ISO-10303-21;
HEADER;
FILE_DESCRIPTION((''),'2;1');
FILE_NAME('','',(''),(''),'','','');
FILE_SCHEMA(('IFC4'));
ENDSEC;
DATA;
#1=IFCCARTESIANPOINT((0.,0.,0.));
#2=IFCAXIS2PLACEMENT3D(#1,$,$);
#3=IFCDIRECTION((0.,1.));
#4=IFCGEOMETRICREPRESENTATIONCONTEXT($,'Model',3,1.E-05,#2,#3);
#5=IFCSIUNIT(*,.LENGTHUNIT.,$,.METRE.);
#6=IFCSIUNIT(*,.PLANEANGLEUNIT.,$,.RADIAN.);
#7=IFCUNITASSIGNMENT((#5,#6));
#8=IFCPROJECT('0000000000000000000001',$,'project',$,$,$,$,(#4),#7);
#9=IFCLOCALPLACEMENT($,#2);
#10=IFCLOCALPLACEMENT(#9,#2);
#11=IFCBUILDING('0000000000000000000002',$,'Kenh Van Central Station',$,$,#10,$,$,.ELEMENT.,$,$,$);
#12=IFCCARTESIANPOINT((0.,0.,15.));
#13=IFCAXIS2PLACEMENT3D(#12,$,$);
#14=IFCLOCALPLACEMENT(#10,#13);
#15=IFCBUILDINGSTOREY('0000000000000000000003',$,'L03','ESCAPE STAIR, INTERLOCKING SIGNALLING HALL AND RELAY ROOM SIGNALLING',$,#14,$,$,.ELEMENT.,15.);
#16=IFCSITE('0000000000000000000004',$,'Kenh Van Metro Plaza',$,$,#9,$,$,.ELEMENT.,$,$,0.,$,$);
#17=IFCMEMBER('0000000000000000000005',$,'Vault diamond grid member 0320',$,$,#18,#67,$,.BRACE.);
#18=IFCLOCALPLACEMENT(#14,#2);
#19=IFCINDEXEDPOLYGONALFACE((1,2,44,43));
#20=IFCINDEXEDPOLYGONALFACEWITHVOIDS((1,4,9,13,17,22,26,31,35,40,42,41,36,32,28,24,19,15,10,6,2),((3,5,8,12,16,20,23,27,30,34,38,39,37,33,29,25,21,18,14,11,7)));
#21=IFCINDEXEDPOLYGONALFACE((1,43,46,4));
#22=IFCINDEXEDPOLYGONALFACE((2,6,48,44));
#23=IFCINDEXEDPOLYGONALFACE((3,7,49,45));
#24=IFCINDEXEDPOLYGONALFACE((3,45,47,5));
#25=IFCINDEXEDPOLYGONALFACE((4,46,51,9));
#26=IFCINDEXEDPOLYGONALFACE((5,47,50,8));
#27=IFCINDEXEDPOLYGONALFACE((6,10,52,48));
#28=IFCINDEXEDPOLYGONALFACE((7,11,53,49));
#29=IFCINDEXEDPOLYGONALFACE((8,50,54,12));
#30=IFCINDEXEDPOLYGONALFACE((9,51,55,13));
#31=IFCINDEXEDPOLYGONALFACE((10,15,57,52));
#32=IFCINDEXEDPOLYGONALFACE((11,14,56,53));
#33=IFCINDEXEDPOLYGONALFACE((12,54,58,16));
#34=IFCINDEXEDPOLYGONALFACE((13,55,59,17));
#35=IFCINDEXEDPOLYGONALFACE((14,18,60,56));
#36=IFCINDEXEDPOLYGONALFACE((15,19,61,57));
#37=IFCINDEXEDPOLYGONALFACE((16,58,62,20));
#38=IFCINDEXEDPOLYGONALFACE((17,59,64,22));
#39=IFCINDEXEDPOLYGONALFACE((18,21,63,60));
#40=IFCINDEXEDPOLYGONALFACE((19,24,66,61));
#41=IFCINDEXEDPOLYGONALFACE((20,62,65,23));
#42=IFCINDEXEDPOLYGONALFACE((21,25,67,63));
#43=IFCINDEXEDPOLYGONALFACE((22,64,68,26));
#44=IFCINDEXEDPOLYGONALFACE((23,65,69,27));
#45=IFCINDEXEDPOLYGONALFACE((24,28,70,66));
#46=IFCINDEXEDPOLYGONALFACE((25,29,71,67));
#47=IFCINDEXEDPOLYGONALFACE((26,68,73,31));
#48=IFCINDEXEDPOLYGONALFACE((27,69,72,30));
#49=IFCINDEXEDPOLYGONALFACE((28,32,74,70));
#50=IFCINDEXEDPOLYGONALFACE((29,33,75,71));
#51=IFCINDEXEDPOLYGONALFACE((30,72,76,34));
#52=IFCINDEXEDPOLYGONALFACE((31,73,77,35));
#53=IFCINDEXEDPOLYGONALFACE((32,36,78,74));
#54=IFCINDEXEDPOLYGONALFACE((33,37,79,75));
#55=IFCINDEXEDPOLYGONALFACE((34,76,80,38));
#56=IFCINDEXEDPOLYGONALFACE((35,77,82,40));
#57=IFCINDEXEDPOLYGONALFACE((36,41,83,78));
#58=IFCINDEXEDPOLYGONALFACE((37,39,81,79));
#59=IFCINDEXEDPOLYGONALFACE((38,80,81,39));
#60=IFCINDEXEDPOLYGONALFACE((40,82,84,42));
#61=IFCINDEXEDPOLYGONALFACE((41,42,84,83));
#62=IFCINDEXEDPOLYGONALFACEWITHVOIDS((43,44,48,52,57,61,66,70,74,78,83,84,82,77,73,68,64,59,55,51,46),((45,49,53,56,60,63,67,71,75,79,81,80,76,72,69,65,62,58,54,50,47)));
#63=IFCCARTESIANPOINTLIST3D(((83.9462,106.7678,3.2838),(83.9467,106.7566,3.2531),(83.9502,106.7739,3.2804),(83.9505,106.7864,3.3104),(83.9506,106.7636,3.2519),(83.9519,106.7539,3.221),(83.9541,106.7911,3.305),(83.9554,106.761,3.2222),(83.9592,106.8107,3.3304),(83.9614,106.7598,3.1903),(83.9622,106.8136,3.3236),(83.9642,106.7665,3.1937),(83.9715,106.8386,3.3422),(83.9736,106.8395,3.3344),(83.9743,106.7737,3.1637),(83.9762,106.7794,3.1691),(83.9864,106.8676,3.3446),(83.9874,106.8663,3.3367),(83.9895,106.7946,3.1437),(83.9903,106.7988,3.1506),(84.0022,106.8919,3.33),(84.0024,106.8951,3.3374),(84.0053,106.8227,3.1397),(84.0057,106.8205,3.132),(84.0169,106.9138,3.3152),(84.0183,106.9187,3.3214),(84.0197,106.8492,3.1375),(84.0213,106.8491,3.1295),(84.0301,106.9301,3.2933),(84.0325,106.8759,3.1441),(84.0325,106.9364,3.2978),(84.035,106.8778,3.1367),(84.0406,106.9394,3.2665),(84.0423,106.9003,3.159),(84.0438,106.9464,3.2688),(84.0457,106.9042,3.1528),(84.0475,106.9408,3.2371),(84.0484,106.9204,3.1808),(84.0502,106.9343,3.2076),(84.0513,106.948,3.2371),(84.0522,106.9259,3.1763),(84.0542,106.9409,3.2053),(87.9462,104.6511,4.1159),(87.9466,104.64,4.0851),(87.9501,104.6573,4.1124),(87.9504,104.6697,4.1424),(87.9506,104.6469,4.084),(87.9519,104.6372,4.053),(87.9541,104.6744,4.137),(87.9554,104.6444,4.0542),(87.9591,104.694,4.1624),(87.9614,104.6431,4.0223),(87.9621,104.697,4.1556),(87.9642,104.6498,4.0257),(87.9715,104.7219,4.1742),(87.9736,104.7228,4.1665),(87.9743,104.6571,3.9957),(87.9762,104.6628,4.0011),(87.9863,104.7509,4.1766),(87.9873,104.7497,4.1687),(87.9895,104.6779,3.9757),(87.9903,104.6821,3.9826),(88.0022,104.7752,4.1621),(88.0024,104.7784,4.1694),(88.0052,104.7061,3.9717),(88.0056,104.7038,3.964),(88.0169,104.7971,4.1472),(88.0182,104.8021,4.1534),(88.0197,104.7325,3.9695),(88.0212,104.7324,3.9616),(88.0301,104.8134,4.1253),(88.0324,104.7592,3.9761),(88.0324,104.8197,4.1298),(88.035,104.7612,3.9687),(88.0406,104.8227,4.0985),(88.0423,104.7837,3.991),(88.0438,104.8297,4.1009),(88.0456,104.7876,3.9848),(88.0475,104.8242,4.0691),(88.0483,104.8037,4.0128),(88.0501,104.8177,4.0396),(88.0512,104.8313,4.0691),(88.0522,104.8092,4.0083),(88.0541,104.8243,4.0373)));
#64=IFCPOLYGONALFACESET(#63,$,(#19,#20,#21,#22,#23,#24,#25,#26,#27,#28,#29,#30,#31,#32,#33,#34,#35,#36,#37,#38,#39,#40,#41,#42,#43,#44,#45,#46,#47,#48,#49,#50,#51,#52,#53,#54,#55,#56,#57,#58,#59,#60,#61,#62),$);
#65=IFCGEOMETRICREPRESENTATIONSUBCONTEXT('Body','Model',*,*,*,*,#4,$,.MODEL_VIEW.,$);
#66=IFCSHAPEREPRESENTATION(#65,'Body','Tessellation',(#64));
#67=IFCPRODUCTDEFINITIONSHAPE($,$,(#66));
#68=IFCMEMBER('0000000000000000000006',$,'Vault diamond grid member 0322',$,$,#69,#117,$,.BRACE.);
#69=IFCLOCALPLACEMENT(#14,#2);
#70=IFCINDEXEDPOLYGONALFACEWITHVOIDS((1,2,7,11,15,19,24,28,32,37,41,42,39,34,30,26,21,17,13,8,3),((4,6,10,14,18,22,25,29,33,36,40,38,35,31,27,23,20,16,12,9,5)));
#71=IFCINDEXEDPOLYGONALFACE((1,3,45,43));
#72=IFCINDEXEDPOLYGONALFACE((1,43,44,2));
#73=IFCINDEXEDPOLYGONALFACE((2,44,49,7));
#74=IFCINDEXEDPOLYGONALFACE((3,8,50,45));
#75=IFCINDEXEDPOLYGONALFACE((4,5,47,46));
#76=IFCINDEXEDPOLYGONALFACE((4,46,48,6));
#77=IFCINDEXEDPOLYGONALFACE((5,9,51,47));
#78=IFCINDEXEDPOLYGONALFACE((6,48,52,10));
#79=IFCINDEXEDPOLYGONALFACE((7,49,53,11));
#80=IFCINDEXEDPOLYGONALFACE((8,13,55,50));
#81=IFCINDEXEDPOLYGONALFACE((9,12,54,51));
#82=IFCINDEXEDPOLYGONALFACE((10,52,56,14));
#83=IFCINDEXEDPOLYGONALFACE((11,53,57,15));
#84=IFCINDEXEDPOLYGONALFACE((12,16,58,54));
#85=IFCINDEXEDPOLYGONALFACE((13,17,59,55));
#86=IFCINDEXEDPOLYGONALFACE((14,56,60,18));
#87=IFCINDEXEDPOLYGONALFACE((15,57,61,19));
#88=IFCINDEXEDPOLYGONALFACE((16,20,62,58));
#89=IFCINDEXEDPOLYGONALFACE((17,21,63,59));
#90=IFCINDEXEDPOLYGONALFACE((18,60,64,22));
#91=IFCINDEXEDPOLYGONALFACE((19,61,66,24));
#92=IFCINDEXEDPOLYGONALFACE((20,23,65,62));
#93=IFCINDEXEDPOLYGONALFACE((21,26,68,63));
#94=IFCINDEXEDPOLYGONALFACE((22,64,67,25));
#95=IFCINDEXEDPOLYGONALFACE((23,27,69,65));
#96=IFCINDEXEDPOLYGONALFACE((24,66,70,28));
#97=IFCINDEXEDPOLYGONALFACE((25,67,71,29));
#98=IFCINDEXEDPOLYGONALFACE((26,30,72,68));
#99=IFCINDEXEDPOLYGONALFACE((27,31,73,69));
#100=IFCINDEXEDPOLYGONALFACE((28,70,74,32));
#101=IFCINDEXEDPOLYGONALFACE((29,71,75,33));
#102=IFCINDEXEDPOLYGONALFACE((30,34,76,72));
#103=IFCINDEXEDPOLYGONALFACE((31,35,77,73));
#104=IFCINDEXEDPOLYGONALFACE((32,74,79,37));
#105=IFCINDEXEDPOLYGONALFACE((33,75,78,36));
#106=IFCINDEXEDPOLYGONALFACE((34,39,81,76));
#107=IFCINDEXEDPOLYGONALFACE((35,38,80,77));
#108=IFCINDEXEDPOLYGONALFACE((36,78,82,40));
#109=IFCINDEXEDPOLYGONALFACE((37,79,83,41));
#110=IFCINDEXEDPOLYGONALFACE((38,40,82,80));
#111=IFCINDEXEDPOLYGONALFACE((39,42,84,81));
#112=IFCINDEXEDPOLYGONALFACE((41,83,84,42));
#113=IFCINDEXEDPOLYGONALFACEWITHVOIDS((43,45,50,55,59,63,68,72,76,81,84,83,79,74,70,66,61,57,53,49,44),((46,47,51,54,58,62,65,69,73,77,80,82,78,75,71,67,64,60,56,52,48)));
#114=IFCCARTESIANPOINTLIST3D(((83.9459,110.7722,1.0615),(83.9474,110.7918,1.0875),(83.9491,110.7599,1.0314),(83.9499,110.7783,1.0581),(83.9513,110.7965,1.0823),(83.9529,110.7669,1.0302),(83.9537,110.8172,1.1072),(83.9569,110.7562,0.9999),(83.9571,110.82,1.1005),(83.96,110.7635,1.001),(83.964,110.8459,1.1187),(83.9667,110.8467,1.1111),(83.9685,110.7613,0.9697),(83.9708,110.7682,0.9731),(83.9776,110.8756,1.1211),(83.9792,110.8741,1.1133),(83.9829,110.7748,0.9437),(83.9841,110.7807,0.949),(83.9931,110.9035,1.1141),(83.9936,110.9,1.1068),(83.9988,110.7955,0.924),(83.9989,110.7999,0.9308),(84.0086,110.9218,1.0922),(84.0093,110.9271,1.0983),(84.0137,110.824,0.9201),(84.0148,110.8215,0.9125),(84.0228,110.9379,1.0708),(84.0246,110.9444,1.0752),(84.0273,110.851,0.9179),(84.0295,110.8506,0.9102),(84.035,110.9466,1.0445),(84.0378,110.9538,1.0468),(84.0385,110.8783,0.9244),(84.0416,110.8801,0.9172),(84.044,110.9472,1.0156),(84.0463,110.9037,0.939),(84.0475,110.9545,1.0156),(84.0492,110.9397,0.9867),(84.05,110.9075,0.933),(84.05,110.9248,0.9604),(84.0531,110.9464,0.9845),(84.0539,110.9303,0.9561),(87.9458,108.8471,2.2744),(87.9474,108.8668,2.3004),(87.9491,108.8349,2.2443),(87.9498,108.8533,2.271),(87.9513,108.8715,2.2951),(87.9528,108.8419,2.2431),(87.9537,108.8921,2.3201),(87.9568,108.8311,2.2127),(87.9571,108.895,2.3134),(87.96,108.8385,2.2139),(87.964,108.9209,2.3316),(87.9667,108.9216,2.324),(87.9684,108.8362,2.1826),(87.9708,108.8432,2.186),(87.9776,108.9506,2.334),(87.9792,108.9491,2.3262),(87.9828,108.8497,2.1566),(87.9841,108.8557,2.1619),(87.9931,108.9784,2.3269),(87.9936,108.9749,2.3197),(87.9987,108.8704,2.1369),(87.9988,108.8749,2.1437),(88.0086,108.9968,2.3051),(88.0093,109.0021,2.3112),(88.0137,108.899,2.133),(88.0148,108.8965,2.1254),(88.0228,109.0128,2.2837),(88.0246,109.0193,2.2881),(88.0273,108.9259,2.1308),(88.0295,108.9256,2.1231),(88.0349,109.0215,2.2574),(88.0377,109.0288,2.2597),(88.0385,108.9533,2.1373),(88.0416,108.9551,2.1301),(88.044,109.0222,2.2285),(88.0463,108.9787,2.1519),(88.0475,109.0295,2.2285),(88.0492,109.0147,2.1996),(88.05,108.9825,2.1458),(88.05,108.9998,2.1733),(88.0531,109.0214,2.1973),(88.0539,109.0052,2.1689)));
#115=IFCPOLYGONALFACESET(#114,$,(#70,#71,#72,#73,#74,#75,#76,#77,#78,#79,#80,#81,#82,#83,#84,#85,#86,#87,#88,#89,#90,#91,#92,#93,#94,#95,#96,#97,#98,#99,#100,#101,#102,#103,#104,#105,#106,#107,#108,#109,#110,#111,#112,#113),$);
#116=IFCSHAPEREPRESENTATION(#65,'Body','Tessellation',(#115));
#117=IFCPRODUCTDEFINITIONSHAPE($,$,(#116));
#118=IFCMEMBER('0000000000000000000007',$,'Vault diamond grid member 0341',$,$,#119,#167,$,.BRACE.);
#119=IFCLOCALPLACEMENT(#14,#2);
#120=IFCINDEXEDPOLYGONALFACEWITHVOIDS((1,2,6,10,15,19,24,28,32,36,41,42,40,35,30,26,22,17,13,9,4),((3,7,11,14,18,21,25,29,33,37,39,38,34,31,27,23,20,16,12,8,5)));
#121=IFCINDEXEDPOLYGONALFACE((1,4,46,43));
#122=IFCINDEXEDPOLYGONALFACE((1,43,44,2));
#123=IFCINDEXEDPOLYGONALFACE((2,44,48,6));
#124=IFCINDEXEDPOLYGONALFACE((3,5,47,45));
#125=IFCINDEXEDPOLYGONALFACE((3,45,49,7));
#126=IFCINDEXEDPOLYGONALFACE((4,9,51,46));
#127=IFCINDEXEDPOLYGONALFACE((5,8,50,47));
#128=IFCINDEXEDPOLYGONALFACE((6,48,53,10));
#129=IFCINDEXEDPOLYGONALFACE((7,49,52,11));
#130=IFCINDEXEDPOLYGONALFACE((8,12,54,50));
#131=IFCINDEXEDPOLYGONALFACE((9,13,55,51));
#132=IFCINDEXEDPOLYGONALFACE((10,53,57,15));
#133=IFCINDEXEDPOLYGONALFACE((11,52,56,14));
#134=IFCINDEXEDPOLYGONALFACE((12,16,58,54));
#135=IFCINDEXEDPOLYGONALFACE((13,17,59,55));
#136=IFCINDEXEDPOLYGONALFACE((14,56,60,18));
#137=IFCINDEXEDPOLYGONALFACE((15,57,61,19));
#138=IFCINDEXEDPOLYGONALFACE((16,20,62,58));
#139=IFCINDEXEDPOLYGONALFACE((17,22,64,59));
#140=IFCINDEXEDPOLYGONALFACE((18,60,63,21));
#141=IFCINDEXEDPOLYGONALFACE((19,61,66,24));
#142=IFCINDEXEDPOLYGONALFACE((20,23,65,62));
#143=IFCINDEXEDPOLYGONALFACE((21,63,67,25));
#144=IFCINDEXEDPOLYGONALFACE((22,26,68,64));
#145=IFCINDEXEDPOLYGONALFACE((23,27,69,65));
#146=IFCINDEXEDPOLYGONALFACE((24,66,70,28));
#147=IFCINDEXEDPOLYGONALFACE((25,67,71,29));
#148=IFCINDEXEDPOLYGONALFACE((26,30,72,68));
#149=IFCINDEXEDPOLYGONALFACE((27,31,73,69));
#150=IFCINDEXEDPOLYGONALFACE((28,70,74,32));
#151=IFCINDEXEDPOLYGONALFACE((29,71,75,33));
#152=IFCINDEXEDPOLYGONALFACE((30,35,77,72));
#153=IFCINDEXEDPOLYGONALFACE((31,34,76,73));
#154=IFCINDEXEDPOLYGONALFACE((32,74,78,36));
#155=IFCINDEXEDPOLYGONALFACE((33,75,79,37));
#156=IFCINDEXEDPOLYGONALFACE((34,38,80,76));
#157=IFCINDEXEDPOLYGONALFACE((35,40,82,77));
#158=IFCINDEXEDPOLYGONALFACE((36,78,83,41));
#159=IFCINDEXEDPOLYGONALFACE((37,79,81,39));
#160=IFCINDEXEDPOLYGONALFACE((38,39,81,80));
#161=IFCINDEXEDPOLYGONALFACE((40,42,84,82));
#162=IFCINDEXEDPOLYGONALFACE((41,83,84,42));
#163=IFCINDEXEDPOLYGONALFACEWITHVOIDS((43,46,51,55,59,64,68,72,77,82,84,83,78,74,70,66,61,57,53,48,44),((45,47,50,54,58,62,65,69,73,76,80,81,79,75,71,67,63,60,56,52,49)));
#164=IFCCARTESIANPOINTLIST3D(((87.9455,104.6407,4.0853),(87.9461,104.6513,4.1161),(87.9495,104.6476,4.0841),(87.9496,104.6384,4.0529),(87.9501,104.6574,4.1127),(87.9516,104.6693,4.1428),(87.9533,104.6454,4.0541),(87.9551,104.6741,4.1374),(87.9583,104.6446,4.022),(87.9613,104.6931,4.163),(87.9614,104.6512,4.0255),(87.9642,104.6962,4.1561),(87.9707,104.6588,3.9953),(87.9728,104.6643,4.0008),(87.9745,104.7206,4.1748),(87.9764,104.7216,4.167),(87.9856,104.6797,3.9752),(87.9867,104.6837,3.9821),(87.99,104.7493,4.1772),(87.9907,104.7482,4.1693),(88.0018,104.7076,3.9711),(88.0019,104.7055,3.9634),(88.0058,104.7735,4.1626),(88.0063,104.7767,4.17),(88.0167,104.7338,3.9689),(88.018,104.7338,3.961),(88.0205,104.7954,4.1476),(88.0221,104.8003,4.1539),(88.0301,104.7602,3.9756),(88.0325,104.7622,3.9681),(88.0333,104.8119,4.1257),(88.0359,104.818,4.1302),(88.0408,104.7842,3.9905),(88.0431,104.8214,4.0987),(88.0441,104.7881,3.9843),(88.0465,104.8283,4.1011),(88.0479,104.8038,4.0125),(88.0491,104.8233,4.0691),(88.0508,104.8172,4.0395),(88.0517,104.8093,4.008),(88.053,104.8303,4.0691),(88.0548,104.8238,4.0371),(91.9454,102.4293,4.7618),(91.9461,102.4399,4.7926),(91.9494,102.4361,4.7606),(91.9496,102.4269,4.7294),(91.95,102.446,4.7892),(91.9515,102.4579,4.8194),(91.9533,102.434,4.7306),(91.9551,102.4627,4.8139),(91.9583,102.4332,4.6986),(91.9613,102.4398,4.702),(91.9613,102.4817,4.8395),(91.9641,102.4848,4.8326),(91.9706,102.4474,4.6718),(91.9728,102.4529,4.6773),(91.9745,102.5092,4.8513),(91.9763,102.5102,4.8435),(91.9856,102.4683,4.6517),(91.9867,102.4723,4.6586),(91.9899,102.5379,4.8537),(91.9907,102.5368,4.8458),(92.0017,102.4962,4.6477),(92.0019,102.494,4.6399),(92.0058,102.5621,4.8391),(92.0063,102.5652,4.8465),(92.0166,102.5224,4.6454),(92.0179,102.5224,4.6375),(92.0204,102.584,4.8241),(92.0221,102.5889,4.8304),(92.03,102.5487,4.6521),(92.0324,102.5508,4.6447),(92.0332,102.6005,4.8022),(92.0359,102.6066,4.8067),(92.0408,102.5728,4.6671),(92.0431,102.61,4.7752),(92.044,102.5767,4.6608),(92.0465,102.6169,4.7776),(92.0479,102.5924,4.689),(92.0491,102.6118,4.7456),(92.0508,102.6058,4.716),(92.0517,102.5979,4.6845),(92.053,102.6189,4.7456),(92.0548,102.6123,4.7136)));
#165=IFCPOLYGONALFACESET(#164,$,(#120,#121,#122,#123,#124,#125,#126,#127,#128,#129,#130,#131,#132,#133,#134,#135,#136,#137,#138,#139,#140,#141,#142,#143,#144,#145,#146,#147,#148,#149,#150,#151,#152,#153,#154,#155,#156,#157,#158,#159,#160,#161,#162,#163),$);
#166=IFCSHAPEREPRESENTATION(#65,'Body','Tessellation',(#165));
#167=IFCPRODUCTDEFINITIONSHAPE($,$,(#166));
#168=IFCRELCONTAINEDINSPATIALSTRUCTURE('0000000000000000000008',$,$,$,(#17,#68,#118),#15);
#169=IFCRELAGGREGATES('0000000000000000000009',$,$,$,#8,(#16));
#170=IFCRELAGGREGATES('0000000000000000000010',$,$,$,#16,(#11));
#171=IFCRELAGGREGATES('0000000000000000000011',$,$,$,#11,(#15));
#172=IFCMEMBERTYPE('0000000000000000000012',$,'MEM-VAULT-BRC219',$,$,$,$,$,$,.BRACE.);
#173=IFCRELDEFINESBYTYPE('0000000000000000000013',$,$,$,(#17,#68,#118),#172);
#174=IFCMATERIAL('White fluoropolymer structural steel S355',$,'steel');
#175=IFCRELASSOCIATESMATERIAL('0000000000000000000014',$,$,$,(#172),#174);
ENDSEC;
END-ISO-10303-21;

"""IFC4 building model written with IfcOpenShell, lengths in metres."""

from ifc_helpers import new_model, si_unit, direction, frame, origin, origin_2d, place, context, subcontext, project, spatial, hollow_circle, extrude, material, material_profile, profile_set, type_object, element, save


model = new_model("IFC4")

# Units and contexts
model_context = context("Model", 3, precision=1e-05, world=origin(), true_north=direction((0.0, 1.0)))
body_context = subcontext(model_context, "Body", "Model", "MODEL_VIEW")
ifc_project = project(units=[si_unit("LENGTHUNIT", "METRE"), si_unit("PLANEANGLEUNIT", "RADIAN")], contexts=[model_context])

# Site, building, storey
site_placement = place(None, origin())
site = spatial("IfcSite", under=ifc_project, at=site_placement, Name="Kenh Van Metro Plaza", CompositionType="ELEMENT", RefElevation=0.0)
building_placement = place(site_placement, origin())
building = spatial("IfcBuilding", under=site, at=building_placement, Name="Kenh Van Central Station", CompositionType="ELEMENT")
storey_placement = place(building_placement, frame((0.0, 0.0, 15.0)))
storey = spatial("IfcBuildingStorey", under=building, at=storey_placement, Name="L03", Description="ESCAPE STAIR, INTERLOCKING SIGNALLING HALL AND RELAY ROOM SIGNALLING", CompositionType="ELEMENT", Elevation=15.0)

# Shared definitions
ifc_material_1 = material(Name="White fluoropolymer structural steel S355", Category="steel")

# Members
ifc_material_profile_1 = material_profile(ifc_material_1, hollow_circle(Radius=0.1096, WallThickness=0.0081, at=origin_2d()), Name="CHS 219.1x8")
ifc_profile_set_1 = profile_set([ifc_material_profile_1], Name="White fluoropolymer structural steel S355")
member_type_1 = type_object("IfcMemberType", Name="MEM-VAULT-BRC219", PredefinedType="BRACE", material=ifc_profile_set_1)
member_1_placement = place(storey_placement, frame((84.0, 106.8511, 3.2371), z_axis=(0.869305, -0.460014, 0.180822), x_axis=(0.467724, 0.883875, 0.0)))
element("IfcMember", 1, at=member_1_placement, inside=storey, type_object=member_type_1, Name="Vault diamond grid member 0320", PredefinedType="BRACE", context=body_context, shape_type="SweptSolid", body=[
    extrude(hollow_circle(Radius=0.1096, WallThickness=0.0081, at=origin_2d()), origin(), (0.0, 0.0, 1.0), 4.6013),
])
member_2_placement = place(storey_placement, frame((84.0, 110.8557, 1.0156), z_axis=(0.869218, -0.418322, 0.263567), x_axis=(0.433655, 0.901079, 0.0)))
element("IfcMember", 2, at=member_2_placement, inside=storey, type_object=member_type_1, Name="Vault diamond grid member 0322", PredefinedType="BRACE", context=body_context, shape_type="SweptSolid", body=[
    extrude(hollow_circle(Radius=0.1096, WallThickness=0.0081, at=origin_2d()), origin(), (0.0, 0.0, 1.0), 4.6018),
])
member_3_placement = place(storey_placement, frame((88.0, 104.7344, 4.0691), z_axis=(0.865726, -0.478622, 0.146419), x_axis=(0.483837, 0.875158, 0.0)))
element("IfcMember", 3, at=member_3_placement, inside=storey, type_object=member_type_1, Name="Vault diamond grid member 0341", PredefinedType="BRACE", context=body_context, shape_type="SweptSolid", body=[
    extrude(hollow_circle(Radius=0.1096, WallThickness=0.0081, at=origin_2d()), origin(), (0.0, 0.0, 1.0), 4.6204),
])

save(model, "model.ifc")
